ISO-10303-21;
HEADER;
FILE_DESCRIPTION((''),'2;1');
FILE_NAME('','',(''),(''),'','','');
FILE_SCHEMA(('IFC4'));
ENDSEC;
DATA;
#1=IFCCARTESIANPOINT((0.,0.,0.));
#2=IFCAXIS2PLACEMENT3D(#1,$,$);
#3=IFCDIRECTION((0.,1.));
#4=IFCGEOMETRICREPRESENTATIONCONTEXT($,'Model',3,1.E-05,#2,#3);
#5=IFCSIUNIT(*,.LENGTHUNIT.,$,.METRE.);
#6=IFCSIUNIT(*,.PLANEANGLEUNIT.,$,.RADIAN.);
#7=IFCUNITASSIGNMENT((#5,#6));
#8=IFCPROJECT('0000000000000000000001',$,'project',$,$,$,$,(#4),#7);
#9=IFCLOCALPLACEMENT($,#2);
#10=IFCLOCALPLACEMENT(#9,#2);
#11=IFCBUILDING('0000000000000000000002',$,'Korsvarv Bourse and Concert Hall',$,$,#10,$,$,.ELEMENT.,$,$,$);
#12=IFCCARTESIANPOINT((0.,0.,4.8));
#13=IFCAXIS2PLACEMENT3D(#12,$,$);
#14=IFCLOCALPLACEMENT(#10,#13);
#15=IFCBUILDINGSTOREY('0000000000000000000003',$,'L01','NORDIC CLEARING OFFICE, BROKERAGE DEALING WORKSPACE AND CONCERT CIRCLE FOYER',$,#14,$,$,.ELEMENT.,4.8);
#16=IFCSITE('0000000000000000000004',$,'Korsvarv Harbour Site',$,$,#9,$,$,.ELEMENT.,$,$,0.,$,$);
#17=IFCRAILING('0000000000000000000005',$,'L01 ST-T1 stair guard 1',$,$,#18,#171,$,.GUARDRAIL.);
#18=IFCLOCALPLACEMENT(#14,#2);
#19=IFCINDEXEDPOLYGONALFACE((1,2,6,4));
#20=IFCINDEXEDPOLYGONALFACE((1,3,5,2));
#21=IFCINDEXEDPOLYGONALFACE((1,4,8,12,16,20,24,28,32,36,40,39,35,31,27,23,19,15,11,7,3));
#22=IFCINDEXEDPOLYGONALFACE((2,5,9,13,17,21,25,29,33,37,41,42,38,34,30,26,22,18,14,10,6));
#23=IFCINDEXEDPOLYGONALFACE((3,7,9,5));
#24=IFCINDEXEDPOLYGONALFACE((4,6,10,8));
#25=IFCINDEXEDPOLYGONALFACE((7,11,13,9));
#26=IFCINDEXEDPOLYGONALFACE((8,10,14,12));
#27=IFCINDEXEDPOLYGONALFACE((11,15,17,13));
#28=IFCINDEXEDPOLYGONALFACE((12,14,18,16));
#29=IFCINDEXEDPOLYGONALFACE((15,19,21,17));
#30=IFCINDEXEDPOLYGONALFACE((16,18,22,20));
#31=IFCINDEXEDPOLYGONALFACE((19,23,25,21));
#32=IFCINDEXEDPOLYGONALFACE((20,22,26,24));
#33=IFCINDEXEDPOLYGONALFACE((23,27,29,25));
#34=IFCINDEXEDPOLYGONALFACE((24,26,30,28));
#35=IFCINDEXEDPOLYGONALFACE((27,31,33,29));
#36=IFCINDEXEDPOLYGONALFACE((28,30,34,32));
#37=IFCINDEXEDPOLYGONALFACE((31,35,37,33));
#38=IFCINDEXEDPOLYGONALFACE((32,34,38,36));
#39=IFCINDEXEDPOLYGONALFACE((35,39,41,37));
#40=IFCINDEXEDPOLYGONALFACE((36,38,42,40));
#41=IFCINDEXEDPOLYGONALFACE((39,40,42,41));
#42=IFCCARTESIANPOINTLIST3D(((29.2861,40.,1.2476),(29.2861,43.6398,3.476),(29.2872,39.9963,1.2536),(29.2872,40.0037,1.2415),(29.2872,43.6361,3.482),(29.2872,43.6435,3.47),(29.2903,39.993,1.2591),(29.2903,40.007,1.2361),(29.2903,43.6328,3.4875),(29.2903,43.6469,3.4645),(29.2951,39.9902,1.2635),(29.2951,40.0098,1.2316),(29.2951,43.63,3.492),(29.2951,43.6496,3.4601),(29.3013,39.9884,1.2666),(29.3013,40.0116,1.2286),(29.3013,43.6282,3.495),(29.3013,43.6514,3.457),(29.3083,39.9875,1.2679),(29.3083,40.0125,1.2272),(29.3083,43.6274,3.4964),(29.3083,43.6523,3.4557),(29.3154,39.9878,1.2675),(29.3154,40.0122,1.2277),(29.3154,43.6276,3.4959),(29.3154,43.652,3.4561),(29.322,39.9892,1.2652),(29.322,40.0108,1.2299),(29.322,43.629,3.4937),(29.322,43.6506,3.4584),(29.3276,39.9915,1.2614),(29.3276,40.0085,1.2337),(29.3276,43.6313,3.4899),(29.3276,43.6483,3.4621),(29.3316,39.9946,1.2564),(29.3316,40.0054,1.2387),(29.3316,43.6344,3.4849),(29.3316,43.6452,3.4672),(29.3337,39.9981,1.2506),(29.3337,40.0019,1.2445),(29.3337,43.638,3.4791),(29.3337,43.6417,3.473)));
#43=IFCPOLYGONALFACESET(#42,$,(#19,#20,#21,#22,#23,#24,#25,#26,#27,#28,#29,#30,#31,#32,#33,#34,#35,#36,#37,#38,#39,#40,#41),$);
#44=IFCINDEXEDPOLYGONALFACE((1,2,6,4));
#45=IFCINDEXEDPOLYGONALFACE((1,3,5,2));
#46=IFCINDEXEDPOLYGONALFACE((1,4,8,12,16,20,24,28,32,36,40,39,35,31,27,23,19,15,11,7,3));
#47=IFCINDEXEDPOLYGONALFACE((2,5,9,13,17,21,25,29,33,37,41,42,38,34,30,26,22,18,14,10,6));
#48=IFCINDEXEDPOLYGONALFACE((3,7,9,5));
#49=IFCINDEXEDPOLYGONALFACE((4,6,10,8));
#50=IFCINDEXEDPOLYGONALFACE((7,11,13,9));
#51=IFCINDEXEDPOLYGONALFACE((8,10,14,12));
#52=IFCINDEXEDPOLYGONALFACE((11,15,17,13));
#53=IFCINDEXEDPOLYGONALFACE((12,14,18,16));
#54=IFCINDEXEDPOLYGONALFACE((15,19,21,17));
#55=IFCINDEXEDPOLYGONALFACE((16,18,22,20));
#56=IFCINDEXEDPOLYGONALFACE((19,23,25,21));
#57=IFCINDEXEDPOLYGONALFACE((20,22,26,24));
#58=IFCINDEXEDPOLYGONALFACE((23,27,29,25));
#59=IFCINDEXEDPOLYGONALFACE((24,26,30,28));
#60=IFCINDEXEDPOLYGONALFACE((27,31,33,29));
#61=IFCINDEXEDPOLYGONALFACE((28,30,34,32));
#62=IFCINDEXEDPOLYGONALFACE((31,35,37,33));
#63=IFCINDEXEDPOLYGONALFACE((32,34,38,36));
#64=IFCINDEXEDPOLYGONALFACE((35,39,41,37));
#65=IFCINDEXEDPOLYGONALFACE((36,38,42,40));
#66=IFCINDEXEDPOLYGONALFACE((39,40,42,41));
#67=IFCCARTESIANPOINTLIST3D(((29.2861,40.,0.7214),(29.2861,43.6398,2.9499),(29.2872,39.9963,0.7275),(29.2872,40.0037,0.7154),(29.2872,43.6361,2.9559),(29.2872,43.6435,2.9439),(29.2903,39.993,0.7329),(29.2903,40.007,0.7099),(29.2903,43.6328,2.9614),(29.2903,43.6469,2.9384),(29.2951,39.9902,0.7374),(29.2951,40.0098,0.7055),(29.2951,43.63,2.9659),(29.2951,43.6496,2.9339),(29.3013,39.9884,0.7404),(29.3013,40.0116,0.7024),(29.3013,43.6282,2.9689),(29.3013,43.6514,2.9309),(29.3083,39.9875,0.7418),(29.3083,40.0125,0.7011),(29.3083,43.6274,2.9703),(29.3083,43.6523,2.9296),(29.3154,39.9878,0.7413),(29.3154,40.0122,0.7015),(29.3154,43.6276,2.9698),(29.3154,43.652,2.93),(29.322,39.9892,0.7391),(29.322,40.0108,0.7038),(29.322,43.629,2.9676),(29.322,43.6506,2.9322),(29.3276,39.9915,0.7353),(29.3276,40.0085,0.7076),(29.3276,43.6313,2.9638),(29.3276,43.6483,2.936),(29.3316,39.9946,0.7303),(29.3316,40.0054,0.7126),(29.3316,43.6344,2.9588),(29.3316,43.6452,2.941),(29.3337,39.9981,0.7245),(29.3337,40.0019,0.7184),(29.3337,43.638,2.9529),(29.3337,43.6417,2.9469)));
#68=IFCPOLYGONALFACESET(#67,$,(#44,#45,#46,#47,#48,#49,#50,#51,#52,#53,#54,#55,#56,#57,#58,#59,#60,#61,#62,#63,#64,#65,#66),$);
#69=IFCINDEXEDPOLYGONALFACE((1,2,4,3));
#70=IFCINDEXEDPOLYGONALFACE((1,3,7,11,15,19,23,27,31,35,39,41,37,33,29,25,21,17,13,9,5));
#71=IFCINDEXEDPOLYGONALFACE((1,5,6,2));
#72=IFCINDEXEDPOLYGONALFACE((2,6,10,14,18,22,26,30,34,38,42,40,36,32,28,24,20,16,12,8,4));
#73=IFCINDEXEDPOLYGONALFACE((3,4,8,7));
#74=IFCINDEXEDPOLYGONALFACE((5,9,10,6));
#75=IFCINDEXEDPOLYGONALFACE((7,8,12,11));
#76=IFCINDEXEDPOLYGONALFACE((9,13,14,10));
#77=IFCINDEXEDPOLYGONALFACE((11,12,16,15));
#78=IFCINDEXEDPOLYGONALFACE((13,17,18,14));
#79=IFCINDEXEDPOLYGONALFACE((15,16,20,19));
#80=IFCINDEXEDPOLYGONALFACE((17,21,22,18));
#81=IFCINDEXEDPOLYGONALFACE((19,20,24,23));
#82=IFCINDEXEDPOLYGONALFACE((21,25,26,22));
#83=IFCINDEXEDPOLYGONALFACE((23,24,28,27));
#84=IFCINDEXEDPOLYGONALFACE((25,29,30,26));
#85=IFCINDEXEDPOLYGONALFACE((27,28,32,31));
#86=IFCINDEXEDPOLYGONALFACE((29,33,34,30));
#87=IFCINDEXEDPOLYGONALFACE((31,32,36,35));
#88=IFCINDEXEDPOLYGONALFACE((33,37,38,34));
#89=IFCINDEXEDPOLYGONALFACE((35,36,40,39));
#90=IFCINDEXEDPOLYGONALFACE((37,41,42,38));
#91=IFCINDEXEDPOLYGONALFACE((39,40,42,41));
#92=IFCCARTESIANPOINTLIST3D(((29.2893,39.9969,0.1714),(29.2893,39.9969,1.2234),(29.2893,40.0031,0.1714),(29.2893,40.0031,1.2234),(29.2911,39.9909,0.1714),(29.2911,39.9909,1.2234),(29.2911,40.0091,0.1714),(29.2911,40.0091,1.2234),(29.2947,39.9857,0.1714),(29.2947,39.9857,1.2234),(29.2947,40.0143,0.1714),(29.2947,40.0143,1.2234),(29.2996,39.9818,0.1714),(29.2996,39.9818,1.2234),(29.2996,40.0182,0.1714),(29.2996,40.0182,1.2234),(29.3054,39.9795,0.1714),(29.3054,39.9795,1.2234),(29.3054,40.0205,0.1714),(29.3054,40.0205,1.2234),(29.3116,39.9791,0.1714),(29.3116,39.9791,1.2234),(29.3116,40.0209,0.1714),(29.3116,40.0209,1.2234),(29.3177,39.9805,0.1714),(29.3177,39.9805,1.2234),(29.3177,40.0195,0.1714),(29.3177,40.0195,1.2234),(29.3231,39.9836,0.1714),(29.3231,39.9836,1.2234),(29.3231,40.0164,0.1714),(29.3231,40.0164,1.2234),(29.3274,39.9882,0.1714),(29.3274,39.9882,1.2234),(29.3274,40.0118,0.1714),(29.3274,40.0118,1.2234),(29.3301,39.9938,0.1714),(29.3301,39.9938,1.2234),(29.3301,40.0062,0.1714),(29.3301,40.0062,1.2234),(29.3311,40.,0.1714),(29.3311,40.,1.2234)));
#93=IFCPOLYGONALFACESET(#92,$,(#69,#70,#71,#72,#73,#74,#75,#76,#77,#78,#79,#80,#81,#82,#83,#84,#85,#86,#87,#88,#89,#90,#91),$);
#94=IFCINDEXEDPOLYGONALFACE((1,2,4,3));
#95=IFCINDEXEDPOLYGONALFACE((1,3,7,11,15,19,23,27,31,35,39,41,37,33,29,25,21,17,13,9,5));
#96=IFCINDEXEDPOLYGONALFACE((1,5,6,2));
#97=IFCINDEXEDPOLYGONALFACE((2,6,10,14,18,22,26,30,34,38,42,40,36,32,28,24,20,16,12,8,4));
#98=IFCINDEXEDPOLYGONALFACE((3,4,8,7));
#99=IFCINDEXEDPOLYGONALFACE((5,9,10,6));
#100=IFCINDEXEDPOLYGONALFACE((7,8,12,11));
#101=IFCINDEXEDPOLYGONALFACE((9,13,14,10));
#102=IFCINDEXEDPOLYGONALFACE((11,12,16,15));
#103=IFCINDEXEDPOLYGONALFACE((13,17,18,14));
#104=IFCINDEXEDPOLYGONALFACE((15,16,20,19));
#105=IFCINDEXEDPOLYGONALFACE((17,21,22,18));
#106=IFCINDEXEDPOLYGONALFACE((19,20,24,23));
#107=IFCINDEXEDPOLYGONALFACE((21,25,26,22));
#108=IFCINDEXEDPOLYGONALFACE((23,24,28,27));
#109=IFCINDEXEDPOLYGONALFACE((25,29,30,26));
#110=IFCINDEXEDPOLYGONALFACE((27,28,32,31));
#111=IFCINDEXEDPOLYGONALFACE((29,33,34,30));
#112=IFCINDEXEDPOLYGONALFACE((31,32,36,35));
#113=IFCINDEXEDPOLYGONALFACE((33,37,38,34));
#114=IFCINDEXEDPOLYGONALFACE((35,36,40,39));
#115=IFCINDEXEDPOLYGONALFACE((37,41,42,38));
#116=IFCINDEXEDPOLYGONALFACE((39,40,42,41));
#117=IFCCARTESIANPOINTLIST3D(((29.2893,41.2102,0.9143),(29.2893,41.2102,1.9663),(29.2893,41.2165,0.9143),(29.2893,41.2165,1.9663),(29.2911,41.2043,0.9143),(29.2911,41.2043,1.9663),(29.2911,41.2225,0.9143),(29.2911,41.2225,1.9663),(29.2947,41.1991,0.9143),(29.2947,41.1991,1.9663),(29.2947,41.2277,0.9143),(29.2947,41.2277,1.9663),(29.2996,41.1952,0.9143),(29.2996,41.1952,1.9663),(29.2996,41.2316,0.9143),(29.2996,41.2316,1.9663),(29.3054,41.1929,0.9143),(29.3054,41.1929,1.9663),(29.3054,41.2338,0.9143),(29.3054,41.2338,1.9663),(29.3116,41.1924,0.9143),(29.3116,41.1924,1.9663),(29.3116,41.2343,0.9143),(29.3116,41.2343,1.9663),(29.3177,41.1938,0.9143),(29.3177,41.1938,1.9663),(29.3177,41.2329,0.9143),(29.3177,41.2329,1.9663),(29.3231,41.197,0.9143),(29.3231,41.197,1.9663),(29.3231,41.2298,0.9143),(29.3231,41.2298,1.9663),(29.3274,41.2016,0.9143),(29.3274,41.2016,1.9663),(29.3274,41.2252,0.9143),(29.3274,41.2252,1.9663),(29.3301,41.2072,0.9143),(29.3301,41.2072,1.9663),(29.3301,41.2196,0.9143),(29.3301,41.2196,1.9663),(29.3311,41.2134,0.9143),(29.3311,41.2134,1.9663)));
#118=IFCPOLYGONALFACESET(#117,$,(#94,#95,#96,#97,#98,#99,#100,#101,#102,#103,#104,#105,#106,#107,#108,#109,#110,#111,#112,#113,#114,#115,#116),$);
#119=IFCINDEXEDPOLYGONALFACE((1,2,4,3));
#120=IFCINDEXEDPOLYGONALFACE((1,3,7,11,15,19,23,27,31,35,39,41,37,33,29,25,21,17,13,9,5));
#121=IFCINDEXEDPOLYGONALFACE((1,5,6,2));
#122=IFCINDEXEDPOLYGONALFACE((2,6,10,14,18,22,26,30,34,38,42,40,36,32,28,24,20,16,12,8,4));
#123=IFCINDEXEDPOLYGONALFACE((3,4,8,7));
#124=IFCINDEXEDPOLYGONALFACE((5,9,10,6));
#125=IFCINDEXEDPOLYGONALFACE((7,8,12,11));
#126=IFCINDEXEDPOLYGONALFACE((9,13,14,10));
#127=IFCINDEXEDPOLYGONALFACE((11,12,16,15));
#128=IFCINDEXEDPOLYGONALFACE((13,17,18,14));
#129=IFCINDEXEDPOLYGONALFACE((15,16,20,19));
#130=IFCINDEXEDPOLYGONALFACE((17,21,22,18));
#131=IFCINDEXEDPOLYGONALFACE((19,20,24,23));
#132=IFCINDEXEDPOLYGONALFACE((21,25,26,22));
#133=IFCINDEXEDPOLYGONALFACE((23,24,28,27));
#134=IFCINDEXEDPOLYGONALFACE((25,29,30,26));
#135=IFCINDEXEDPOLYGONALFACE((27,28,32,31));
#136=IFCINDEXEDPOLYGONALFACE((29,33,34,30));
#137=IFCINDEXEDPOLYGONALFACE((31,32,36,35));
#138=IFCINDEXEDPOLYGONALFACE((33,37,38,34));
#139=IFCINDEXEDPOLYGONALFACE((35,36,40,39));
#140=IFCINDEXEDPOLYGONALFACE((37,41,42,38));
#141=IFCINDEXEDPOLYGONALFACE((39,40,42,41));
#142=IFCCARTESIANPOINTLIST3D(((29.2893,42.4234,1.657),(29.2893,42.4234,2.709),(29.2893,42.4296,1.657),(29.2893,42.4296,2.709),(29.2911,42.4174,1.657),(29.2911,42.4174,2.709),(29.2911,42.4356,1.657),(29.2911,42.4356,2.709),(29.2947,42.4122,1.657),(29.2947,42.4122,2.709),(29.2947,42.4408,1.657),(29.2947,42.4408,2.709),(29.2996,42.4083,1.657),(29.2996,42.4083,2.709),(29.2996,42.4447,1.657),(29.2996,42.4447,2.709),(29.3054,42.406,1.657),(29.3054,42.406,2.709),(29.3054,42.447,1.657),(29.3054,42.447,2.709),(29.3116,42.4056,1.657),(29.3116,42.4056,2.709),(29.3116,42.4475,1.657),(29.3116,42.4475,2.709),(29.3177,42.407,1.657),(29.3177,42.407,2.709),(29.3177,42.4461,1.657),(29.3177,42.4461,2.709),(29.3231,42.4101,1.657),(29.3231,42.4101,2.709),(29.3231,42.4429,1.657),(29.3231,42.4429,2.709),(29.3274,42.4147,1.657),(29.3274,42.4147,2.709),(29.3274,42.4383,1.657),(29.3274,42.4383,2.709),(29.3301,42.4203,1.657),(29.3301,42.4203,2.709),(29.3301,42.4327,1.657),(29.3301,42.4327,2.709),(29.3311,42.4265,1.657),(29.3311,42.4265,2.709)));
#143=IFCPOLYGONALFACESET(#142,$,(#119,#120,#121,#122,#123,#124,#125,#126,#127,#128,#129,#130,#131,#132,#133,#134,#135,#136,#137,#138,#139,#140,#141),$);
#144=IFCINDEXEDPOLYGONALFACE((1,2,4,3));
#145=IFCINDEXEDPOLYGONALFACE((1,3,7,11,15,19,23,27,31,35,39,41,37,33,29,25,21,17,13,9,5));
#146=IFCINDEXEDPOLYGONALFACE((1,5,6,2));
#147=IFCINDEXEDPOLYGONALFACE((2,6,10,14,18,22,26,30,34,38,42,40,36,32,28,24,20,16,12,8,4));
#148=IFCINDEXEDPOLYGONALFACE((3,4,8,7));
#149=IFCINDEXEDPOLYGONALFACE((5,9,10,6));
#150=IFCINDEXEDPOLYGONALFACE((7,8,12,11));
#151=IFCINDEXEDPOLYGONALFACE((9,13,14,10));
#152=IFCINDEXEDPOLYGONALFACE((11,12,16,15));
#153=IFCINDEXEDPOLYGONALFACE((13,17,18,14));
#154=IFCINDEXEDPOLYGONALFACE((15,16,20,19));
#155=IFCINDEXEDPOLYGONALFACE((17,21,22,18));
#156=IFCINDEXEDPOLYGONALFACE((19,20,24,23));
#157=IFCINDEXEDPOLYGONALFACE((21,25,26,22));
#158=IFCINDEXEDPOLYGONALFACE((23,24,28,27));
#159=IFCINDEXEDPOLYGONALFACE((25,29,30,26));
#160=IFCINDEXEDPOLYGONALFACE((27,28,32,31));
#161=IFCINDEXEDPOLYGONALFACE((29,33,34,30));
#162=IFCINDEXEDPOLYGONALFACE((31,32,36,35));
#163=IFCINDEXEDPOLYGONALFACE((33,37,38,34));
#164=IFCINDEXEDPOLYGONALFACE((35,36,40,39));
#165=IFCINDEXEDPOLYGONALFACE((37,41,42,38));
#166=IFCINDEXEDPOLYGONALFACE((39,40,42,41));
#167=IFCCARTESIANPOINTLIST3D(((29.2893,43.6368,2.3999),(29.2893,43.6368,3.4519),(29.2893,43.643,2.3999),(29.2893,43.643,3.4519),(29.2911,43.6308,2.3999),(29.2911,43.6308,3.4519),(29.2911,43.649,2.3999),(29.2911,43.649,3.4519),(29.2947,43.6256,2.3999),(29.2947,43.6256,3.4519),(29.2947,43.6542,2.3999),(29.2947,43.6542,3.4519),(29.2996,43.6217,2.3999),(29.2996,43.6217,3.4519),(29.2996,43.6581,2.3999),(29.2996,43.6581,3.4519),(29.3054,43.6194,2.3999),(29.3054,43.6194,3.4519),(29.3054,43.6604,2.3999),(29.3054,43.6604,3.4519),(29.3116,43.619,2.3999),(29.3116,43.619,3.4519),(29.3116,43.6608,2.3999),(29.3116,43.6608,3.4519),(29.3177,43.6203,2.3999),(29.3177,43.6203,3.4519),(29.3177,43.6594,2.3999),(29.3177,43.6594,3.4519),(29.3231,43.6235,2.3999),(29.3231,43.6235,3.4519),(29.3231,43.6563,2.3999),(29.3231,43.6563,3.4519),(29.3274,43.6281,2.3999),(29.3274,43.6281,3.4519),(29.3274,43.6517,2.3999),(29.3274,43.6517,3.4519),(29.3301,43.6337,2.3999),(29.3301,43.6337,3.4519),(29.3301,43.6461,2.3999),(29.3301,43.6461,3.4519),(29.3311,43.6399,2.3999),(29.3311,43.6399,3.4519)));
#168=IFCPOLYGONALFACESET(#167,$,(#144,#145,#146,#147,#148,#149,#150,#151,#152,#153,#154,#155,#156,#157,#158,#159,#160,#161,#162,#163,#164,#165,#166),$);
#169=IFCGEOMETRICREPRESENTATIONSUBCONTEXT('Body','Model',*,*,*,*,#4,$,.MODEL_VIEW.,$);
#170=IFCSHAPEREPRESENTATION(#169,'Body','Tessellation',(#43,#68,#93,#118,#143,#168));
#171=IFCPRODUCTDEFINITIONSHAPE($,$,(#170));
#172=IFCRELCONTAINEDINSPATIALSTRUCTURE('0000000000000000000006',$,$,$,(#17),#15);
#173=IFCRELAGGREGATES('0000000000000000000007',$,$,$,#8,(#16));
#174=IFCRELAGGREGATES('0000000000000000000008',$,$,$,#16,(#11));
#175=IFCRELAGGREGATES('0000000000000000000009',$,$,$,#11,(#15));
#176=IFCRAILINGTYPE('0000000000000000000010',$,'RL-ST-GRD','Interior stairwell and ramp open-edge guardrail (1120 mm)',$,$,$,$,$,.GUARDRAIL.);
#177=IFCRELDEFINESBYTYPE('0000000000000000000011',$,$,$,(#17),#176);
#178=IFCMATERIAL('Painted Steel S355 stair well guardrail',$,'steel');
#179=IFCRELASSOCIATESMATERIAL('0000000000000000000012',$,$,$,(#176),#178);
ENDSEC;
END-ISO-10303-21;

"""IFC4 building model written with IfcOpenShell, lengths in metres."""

from ifc_helpers import new_model, si_unit, direction, frame, origin, origin_2d, place, context, subcontext, project, spatial, circle, extrude, material, type_object, element, save


model = new_model("IFC4")

# Units and contexts
model_context = context("Model", 3, precision=1e-05, world=origin(), true_north=direction((0.0, 1.0)))
body_context = subcontext(model_context, "Body", "Model", "MODEL_VIEW")
ifc_project = project(units=[si_unit("LENGTHUNIT", "METRE"), si_unit("PLANEANGLEUNIT", "RADIAN")], contexts=[model_context])

# Site, building, storey
site_placement = place(None, origin())
site = spatial("IfcSite", under=ifc_project, at=site_placement, Name="Korsvarv Harbour Site", CompositionType="ELEMENT", RefElevation=0.0)
building_placement = place(site_placement, origin())
building = spatial("IfcBuilding", under=site, at=building_placement, Name="Korsvarv Bourse and Concert Hall", CompositionType="ELEMENT")
storey_placement = place(building_placement, frame((0.0, 0.0, 4.8)))
storey = spatial("IfcBuildingStorey", under=building, at=storey_placement, Name="L01", Description="NORDIC CLEARING OFFICE, BROKERAGE DEALING WORKSPACE AND CONCERT CIRCLE FOYER", CompositionType="ELEMENT", Elevation=4.8)

# Railing
ifc_material_1 = material(Name="Painted Steel S355 stair well guardrail", Category="steel")
railing_type_1 = type_object("IfcRailingType", Name="RL-ST-GRD", Description="Interior stairwell and ramp open-edge guardrail (1120 mm)", PredefinedType="GUARDRAIL", material=ifc_material_1)
railing_1_placement = place(storey_placement, frame((29.3101, 40.0, 0.1714)))
element("IfcRailing", 1, at=railing_1_placement, inside=storey, type_object=railing_type_1, Name="L01 ST-T1 stair guard 1", PredefinedType="GUARDRAIL", context=body_context, shape_type="SweptSolid", body=[
    extrude(circle(Radius=0.0239, at=origin_2d()), frame((0.0, 0.0, 1.0762), z_axis=(0.0, 0.85285, 0.522156), x_axis=(-1.0, 0.0, 0.0)), (0.0, 0.0, 1.0), 4.2678),
    extrude(circle(Radius=0.0239, at=origin_2d()), frame((0.0, 0.0, 0.55), z_axis=(0.0, 0.85285, 0.522156), x_axis=(-1.0, 0.0, 0.0)), (0.0, 0.0, 1.0), 4.2678),
    extrude(circle(Radius=0.021, at=origin_2d()), origin(), (0.0, 0.0, 1.0), 1.052),
    extrude(circle(Radius=0.021, at=origin_2d()), frame((0.0, 1.2134, 0.7429)), (0.0, 0.0, 1.0), 1.052),
    extrude(circle(Radius=0.021, at=origin_2d()), frame((0.0, 2.4265, 1.4856)), (0.0, 0.0, 1.0), 1.052),
    extrude(circle(Radius=0.021, at=origin_2d()), frame((0.0, 3.6399, 2.2285)), (0.0, 0.0, 1.0), 1.052),
])

save(model, "model.ifc")
